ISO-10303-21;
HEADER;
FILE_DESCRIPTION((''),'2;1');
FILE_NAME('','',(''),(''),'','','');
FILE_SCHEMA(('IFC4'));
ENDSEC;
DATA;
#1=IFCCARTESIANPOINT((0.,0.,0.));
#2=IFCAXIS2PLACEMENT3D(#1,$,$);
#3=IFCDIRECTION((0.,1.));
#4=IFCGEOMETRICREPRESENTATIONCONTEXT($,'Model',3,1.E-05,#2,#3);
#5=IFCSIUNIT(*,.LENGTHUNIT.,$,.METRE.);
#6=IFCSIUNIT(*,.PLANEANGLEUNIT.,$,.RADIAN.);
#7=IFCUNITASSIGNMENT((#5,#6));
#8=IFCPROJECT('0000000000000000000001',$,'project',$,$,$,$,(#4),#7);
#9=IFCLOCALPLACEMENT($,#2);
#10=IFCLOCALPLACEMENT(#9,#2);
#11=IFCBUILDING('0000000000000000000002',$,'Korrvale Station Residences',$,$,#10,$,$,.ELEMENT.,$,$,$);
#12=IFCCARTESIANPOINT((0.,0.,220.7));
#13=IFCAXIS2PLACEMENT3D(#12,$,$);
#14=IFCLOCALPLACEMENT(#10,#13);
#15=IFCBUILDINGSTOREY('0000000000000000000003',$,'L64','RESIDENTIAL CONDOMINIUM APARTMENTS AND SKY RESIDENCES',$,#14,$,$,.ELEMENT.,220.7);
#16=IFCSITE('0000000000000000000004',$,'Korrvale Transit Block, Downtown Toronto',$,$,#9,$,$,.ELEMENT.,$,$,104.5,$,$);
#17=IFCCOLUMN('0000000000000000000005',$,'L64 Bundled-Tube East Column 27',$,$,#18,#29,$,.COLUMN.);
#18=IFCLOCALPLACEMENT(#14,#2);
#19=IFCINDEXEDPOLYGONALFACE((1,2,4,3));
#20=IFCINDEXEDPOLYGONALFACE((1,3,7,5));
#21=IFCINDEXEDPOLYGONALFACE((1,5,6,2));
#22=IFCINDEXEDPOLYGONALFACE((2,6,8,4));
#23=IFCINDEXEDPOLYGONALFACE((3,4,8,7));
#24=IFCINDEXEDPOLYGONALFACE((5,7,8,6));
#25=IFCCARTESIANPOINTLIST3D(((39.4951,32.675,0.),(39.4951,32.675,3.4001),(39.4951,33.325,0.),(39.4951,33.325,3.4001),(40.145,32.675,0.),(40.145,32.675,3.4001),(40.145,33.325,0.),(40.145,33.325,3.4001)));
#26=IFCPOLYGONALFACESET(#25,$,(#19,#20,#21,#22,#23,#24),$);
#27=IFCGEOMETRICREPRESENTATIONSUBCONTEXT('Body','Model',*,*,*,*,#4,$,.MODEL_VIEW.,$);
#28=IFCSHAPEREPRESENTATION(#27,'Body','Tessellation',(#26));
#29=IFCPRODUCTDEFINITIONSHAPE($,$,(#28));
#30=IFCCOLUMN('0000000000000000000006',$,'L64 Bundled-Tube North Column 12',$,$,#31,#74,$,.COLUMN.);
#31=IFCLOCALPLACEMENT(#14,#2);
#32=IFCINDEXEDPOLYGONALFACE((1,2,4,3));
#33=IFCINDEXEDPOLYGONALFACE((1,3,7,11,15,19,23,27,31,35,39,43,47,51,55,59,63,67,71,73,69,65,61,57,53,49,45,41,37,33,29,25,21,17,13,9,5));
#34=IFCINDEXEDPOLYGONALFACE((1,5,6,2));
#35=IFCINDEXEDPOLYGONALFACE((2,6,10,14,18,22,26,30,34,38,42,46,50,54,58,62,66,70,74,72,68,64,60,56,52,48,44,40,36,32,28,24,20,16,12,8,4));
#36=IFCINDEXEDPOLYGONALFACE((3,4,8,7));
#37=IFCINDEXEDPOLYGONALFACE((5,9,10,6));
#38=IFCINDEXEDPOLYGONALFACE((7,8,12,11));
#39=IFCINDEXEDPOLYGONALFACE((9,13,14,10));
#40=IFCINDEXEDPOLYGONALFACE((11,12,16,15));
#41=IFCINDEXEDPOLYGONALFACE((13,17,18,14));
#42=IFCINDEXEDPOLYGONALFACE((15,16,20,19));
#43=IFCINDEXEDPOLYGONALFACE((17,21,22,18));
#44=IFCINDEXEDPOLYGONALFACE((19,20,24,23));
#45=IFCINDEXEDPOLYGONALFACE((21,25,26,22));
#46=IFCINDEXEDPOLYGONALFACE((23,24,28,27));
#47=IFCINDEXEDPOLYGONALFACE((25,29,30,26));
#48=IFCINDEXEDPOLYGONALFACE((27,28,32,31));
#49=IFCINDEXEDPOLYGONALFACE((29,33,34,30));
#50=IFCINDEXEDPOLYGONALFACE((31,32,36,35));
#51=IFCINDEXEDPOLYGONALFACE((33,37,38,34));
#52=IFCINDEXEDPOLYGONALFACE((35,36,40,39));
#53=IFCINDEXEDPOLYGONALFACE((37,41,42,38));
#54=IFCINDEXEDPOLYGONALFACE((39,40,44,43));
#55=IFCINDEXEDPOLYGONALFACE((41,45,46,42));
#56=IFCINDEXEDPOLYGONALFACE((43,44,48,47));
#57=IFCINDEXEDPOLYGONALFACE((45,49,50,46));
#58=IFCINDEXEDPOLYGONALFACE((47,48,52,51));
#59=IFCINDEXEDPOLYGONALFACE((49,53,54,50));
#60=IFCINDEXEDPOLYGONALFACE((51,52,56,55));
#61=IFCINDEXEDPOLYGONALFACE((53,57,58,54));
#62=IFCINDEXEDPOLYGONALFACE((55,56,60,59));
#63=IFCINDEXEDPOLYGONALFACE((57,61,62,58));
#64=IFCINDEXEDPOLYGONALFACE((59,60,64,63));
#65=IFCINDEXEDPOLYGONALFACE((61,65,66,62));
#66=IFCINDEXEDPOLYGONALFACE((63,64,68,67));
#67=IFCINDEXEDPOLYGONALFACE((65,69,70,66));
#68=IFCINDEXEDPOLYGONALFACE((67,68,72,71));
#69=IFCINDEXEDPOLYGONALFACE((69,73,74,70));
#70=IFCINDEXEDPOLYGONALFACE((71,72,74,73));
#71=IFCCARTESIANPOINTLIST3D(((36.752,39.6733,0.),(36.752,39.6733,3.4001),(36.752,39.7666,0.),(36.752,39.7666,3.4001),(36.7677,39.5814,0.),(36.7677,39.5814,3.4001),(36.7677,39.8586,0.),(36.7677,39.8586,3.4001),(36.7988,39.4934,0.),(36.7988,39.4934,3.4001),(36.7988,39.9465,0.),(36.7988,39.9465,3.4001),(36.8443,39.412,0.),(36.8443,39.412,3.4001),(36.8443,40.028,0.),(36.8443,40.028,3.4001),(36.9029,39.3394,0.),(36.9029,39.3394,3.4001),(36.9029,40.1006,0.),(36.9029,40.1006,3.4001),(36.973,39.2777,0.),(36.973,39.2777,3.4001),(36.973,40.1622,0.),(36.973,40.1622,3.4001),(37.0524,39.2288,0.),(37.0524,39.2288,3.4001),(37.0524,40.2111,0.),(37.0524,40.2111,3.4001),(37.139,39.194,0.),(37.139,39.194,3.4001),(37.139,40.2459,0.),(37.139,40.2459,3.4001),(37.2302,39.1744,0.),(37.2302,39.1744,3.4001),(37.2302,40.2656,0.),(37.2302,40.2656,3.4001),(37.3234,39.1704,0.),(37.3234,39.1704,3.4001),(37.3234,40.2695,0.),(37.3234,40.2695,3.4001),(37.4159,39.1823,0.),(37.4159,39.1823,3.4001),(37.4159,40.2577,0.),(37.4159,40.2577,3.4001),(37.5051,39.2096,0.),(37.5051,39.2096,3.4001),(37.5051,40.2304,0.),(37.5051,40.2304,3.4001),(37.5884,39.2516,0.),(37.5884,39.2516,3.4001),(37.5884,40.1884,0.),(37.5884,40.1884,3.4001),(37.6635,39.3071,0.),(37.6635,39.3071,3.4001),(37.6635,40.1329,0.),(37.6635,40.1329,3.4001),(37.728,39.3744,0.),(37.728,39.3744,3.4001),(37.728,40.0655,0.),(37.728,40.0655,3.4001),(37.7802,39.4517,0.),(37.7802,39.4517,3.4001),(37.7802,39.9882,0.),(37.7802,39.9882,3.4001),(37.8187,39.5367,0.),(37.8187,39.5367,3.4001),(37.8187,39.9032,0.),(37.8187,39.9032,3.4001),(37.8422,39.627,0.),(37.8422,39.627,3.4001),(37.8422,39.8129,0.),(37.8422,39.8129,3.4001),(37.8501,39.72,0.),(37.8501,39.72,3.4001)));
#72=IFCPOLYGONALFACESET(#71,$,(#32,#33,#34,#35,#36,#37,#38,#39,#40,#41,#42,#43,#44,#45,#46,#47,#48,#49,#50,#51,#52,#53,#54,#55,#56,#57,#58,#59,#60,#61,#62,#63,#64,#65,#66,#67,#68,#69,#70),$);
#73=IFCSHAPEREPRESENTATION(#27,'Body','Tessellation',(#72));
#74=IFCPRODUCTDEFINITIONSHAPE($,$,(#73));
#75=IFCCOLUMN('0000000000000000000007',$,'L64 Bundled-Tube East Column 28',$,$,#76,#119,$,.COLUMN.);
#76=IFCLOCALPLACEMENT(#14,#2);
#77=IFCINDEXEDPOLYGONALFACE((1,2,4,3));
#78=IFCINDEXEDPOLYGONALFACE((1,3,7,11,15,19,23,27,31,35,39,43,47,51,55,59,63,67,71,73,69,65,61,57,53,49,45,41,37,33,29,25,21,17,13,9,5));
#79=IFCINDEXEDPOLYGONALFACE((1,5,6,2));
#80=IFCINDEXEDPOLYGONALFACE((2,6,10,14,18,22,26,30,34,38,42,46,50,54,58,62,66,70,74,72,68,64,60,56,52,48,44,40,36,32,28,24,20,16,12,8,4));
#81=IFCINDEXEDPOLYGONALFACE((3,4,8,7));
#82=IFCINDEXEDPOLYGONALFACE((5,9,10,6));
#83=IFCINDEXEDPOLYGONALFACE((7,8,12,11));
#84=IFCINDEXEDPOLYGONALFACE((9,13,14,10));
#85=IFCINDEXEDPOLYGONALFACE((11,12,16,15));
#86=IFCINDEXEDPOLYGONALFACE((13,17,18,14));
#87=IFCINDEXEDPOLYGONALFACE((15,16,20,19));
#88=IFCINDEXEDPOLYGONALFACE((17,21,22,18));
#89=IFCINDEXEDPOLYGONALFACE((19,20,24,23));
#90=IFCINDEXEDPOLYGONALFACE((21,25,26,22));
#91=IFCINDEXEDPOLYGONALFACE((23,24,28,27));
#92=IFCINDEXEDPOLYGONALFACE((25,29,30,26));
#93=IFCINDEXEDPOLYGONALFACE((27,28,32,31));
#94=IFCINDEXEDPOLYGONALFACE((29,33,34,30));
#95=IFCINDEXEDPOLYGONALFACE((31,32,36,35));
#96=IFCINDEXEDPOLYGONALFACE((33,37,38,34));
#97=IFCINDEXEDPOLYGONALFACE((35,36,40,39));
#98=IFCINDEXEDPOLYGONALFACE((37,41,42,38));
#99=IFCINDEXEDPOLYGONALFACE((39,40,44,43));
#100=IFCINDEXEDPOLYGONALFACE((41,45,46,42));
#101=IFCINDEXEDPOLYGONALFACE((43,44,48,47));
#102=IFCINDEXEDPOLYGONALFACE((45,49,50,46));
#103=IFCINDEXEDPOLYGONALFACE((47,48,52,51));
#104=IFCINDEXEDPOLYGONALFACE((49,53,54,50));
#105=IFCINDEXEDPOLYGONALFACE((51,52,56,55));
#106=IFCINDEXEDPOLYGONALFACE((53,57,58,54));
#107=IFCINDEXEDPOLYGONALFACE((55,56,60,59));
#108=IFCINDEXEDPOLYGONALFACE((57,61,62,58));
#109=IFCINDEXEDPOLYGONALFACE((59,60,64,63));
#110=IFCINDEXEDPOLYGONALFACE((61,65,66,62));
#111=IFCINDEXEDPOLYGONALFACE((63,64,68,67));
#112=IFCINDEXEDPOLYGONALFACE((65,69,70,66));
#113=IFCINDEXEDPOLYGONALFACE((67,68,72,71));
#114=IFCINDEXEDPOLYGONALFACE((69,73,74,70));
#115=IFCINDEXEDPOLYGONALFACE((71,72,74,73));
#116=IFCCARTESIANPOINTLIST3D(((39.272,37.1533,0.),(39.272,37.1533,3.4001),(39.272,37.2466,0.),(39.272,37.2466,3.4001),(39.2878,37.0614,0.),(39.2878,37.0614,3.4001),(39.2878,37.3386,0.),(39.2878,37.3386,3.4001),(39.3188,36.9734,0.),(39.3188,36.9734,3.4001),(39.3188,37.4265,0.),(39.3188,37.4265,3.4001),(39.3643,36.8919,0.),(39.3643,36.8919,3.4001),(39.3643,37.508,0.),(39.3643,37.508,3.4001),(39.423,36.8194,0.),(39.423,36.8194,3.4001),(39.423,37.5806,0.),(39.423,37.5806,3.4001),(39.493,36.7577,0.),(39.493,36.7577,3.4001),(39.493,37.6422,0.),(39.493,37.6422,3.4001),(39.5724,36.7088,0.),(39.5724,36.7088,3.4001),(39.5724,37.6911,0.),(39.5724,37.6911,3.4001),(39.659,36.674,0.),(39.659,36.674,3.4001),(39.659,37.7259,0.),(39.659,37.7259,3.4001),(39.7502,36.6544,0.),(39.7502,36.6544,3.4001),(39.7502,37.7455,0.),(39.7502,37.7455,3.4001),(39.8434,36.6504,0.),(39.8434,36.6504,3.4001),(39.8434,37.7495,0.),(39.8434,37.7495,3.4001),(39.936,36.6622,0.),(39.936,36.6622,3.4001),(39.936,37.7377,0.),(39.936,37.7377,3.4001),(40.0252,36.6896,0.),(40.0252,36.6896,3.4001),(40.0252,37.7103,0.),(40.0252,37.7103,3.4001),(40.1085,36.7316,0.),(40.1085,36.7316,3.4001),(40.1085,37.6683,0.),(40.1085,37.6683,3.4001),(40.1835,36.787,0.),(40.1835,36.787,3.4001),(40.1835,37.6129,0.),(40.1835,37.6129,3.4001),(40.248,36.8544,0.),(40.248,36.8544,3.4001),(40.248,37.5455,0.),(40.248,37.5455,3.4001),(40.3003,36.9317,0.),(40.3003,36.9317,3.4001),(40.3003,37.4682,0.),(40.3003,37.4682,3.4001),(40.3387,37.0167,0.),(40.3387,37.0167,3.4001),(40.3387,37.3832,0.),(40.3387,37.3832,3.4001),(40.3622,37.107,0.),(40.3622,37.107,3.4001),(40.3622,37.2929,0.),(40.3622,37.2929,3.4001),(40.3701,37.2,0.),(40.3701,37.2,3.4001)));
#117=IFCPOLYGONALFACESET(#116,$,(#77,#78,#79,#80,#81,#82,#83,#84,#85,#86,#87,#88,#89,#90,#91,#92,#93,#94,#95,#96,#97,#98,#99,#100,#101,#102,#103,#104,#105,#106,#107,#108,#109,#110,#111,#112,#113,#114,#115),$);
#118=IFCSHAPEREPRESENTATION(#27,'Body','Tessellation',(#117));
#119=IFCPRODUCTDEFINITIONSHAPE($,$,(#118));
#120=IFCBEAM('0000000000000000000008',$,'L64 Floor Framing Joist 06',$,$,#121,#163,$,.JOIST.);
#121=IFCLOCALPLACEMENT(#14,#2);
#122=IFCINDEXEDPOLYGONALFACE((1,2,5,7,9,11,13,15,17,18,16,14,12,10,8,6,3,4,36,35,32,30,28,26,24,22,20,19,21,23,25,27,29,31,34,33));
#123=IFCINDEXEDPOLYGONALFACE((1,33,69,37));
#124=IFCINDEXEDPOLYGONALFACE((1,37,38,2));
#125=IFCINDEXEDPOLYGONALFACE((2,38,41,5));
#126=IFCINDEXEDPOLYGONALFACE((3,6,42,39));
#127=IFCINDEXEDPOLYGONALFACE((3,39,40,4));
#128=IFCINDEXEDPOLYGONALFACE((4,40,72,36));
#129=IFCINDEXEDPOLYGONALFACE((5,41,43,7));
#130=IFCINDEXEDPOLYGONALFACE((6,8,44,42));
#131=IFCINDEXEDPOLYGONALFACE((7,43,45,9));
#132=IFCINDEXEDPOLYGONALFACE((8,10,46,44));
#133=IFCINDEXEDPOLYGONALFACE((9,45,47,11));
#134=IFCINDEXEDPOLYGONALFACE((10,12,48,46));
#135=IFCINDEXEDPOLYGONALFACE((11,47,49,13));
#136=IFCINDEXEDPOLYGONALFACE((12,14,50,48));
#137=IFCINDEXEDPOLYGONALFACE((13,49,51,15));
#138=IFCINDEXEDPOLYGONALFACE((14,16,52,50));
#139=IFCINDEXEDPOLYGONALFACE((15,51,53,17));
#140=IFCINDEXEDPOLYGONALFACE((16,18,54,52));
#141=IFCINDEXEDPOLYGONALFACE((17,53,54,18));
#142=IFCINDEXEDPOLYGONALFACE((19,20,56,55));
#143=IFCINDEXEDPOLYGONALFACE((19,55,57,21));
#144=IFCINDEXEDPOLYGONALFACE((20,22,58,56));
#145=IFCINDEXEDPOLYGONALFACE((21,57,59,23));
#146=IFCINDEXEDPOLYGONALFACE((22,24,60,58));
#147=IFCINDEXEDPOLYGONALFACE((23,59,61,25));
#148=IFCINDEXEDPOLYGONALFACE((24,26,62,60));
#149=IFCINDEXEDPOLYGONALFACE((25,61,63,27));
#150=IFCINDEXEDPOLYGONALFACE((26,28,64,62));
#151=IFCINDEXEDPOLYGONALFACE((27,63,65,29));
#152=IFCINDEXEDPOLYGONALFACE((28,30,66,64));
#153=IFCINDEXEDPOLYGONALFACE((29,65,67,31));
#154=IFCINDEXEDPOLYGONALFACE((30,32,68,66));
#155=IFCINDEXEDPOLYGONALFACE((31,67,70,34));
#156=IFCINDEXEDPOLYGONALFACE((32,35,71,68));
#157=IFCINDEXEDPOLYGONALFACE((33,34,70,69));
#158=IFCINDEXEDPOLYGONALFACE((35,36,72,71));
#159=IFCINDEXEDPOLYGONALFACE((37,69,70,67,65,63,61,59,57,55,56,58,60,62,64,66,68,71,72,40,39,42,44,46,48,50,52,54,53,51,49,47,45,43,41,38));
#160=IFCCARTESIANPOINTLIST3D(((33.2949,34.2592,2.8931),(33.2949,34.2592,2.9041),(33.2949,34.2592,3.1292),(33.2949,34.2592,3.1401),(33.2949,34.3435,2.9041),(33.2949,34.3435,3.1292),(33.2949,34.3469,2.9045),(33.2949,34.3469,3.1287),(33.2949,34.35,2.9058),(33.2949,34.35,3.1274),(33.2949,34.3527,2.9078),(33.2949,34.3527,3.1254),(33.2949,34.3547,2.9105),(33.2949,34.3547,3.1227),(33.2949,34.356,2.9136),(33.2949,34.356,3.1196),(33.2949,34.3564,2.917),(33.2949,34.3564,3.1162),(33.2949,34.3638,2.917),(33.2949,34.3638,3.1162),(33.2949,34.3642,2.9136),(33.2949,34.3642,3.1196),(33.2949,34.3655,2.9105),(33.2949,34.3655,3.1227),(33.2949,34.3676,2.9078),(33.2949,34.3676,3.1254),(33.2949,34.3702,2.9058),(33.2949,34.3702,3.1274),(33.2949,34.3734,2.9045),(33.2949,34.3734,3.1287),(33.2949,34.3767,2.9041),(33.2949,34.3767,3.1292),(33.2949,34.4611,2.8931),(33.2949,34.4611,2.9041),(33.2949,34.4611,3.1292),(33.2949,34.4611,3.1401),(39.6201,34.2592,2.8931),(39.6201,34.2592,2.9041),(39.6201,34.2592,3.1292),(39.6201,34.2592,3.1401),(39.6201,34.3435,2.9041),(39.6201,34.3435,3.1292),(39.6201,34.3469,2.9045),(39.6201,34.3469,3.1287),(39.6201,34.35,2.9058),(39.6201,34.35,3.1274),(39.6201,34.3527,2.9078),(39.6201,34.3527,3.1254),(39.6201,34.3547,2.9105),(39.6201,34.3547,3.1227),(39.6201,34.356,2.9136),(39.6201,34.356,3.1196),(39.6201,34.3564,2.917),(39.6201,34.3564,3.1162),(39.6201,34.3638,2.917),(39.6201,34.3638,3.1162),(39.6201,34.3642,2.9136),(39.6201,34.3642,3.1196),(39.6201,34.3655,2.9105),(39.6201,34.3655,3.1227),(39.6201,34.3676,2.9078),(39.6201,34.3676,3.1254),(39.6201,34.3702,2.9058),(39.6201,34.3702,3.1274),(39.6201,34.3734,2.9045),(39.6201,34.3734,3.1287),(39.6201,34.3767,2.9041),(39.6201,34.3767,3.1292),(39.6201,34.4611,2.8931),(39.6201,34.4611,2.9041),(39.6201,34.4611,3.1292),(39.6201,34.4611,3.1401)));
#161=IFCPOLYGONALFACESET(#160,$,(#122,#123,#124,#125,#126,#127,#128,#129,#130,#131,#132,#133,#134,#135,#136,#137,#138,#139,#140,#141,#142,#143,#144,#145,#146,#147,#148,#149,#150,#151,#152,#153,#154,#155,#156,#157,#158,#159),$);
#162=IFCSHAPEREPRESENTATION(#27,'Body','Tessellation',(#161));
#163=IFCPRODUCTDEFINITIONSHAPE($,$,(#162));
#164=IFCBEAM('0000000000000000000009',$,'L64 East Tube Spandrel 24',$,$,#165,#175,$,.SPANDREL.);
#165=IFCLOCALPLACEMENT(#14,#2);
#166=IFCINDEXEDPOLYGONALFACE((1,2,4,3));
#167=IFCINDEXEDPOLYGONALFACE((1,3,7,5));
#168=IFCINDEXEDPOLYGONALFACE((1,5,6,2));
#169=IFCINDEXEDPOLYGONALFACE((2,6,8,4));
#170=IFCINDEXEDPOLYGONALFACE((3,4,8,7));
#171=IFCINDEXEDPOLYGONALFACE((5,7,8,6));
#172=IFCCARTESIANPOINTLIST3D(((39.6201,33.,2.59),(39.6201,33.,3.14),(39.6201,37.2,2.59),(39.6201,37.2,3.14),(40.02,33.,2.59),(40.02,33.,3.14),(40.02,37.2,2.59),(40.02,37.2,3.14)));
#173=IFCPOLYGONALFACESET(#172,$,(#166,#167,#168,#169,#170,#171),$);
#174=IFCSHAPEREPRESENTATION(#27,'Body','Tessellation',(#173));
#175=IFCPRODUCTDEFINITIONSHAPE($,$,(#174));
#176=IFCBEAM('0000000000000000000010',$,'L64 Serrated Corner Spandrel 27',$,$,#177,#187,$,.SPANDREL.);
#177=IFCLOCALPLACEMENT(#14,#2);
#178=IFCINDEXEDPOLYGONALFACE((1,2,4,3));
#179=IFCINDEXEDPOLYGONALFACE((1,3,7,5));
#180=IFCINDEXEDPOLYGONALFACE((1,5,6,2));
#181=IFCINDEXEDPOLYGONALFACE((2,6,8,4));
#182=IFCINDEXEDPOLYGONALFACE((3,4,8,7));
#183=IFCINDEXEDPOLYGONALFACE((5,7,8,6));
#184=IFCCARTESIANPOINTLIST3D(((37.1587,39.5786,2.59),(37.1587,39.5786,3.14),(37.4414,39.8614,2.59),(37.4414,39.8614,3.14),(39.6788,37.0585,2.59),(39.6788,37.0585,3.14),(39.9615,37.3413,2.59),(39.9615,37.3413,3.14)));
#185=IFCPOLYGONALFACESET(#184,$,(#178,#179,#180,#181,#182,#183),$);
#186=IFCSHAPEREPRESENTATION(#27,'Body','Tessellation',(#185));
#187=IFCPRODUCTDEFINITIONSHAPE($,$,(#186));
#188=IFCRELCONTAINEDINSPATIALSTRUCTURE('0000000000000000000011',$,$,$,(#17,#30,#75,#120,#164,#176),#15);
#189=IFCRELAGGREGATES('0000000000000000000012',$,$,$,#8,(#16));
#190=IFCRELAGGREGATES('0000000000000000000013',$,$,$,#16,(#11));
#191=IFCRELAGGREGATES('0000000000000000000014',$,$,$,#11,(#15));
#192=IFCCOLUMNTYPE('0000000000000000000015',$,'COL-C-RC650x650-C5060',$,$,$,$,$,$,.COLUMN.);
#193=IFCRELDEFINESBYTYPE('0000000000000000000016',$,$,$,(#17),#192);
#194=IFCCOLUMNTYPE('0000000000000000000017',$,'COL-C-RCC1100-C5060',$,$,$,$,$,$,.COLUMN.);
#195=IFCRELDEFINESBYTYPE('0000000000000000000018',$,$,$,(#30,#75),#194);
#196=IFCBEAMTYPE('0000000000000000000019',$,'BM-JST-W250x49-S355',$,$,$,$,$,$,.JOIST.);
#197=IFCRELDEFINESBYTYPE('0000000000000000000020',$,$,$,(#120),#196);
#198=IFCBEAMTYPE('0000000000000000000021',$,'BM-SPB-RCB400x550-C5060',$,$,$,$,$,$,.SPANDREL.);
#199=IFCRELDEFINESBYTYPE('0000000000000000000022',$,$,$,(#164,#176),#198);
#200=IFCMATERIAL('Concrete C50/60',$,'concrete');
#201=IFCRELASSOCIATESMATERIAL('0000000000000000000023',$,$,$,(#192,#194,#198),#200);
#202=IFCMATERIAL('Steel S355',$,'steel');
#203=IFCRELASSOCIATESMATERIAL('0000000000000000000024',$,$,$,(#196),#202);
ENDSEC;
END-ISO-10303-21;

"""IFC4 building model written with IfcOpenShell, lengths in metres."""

from ifc_helpers import new_model, si_unit, direction, frame, origin, origin_2d, place, context, subcontext, project, spatial, rectangle, circle, i_section, extrude, material, material_profile, profile_set, type_object, element, save


model = new_model("IFC4")

# Units and contexts
model_context = context("Model", 3, precision=1e-05, world=origin(), true_north=direction((0.0, 1.0)))
body_context = subcontext(model_context, "Body", "Model", "MODEL_VIEW")
ifc_project = project(units=[si_unit("LENGTHUNIT", "METRE"), si_unit("PLANEANGLEUNIT", "RADIAN")], contexts=[model_context])

# Site, building, storey
site_placement = place(None, origin())
site = spatial("IfcSite", under=ifc_project, at=site_placement, Name="Korrvale Transit Block, Downtown Toronto", CompositionType="ELEMENT", RefElevation=104.5)
building_placement = place(site_placement, origin())
building = spatial("IfcBuilding", under=site, at=building_placement, Name="Korrvale Station Residences", CompositionType="ELEMENT")
storey_placement = place(building_placement, frame((0.0, 0.0, 220.7)))
storey = spatial("IfcBuildingStorey", under=building, at=storey_placement, Name="L64", Description="RESIDENTIAL CONDOMINIUM APARTMENTS AND SKY RESIDENCES", CompositionType="ELEMENT", Elevation=220.7)

# Columns
ifc_material_1 = material(Name="Concrete C50/60", Category="concrete")
ifc_material_profile_1 = material_profile(ifc_material_1, rectangle(XDim=0.6499, YDim=0.6499, at=origin_2d()), Name="RC650x650")
ifc_profile_set_1 = profile_set([ifc_material_profile_1], Name="Concrete C50/60")
column_type_1 = type_object("IfcColumnType", Name="COL-C-RC650x650-C5060", PredefinedType="COLUMN", material=ifc_profile_set_1)
column_placement = place(storey_placement, frame((39.8201, 33.0, 0.0), z_axis=(0.0, 0.0, 1.0), x_axis=(1.0, 0.0, 0.0)))
element("IfcColumn", 1, at=column_placement, inside=storey, type_object=column_type_1, Name="L64 Bundled-Tube East Column 27", PredefinedType="COLUMN", context=body_context, shape_type="SweptSolid", body=[
    extrude(rectangle(XDim=0.6499, YDim=0.6499, at=origin_2d()), origin(), (0.0, 0.0, 1.0), 3.4001),
])
ifc_material_profile_2 = material_profile(ifc_material_1, circle(Radius=0.55, at=origin_2d()), Name="RCC1100")
ifc_profile_set_2 = profile_set([ifc_material_profile_2], Name="Concrete C50/60")
column_type_2 = type_object("IfcColumnType", Name="COL-C-RCC1100-C5060", PredefinedType="COLUMN", material=ifc_profile_set_2)
for number, where, z_axis, x_axis, name in (
    (2, (37.3, 39.72, 0.0), (0.0, 0.0, 1.0), (1.0, 0.0, 0.0), "L64 Bundled-Tube North Column 12"),
    (3, (39.8201, 37.2, 0.0), (0.0, 0.0, 1.0), (1.0, 0.0, 0.0), "L64 Bundled-Tube East Column 28"),
):
    element("IfcColumn", number, at=place(storey_placement, frame(where, z_axis=z_axis, x_axis=x_axis)), inside=storey, type_object=column_type_2, Name=name, PredefinedType="COLUMN", context=body_context, shape_type="SweptSolid", body=[
        extrude(circle(Radius=0.55, at=origin_2d()), origin(), (0.0, 0.0, 1.0), 3.4001),
    ])

# Beams
ifc_material_2 = material(Name="Steel S355", Category="steel")
ifc_material_profile_3 = material_profile(ifc_material_2, i_section(OverallWidth=0.2019, OverallDepth=0.2471, WebThickness=0.0073, FlangeThickness=0.011, FilletRadius=0.0129, at=origin_2d()), Name="W250x49")
ifc_profile_set_3 = profile_set([ifc_material_profile_3], Name="Steel S355")
beam_type_1 = type_object("IfcBeamType", Name="BM-JST-W250x49-S355", PredefinedType="JOIST", material=ifc_profile_set_3)
beam_1_placement = place(storey_placement, frame((33.2949, 34.3601, 3.0166), z_axis=(1.0, 0.0, 0.0), x_axis=(0.0, 1.0, 0.0)))
element("IfcBeam", 4, at=beam_1_placement, inside=storey, type_object=beam_type_1, Name="L64 Floor Framing Joist 06", PredefinedType="JOIST", context=body_context, shape_type="SweptSolid", body=[
    extrude(i_section(OverallWidth=0.2019, OverallDepth=0.2471, WebThickness=0.0073, FlangeThickness=0.011, FilletRadius=0.0129, at=origin_2d()), origin(), (0.0, 0.0, 1.0), 6.3252),
])
ifc_material_profile_4 = material_profile(ifc_material_1, rectangle(XDim=0.3999, YDim=0.55, at=origin_2d()), Name="RCB400x550")
ifc_profile_set_4 = profile_set([ifc_material_profile_4], Name="Concrete C50/60")
beam_type_2 = type_object("IfcBeamType", Name="BM-SPB-RCB400x550-C5060", PredefinedType="SPANDREL", material=ifc_profile_set_4)
beam_2_placement = place(storey_placement, frame((39.8201, 33.0, 2.865), z_axis=(0.0, 1.0, 0.0), x_axis=(-1.0, 0.0, 0.0)))
element("IfcBeam", 5, at=beam_2_placement, inside=storey, type_object=beam_type_2, Name="L64 East Tube Spandrel 24", PredefinedType="SPANDREL", context=body_context, shape_type="SweptSolid", body=[
    extrude(rectangle(XDim=0.3999, YDim=0.55, at=origin_2d()), origin(), (0.0, 0.0, 1.0), 4.2),
])
beam_3_placement = place(storey_placement, frame((37.3, 39.72, 2.865), z_axis=(0.707107, -0.707107, 0.0), x_axis=(0.707107, 0.707107, 0.0)))
element("IfcBeam", 6, at=beam_3_placement, inside=storey, type_object=beam_type_2, Name="L64 Serrated Corner Spandrel 27", PredefinedType="SPANDREL", context=body_context, shape_type="SweptSolid", body=[
    extrude(rectangle(XDim=0.3999, YDim=0.55, at=origin_2d()), origin(), (0.0, 0.0, 1.0), 3.564),
])

save(model, "model.ifc")
